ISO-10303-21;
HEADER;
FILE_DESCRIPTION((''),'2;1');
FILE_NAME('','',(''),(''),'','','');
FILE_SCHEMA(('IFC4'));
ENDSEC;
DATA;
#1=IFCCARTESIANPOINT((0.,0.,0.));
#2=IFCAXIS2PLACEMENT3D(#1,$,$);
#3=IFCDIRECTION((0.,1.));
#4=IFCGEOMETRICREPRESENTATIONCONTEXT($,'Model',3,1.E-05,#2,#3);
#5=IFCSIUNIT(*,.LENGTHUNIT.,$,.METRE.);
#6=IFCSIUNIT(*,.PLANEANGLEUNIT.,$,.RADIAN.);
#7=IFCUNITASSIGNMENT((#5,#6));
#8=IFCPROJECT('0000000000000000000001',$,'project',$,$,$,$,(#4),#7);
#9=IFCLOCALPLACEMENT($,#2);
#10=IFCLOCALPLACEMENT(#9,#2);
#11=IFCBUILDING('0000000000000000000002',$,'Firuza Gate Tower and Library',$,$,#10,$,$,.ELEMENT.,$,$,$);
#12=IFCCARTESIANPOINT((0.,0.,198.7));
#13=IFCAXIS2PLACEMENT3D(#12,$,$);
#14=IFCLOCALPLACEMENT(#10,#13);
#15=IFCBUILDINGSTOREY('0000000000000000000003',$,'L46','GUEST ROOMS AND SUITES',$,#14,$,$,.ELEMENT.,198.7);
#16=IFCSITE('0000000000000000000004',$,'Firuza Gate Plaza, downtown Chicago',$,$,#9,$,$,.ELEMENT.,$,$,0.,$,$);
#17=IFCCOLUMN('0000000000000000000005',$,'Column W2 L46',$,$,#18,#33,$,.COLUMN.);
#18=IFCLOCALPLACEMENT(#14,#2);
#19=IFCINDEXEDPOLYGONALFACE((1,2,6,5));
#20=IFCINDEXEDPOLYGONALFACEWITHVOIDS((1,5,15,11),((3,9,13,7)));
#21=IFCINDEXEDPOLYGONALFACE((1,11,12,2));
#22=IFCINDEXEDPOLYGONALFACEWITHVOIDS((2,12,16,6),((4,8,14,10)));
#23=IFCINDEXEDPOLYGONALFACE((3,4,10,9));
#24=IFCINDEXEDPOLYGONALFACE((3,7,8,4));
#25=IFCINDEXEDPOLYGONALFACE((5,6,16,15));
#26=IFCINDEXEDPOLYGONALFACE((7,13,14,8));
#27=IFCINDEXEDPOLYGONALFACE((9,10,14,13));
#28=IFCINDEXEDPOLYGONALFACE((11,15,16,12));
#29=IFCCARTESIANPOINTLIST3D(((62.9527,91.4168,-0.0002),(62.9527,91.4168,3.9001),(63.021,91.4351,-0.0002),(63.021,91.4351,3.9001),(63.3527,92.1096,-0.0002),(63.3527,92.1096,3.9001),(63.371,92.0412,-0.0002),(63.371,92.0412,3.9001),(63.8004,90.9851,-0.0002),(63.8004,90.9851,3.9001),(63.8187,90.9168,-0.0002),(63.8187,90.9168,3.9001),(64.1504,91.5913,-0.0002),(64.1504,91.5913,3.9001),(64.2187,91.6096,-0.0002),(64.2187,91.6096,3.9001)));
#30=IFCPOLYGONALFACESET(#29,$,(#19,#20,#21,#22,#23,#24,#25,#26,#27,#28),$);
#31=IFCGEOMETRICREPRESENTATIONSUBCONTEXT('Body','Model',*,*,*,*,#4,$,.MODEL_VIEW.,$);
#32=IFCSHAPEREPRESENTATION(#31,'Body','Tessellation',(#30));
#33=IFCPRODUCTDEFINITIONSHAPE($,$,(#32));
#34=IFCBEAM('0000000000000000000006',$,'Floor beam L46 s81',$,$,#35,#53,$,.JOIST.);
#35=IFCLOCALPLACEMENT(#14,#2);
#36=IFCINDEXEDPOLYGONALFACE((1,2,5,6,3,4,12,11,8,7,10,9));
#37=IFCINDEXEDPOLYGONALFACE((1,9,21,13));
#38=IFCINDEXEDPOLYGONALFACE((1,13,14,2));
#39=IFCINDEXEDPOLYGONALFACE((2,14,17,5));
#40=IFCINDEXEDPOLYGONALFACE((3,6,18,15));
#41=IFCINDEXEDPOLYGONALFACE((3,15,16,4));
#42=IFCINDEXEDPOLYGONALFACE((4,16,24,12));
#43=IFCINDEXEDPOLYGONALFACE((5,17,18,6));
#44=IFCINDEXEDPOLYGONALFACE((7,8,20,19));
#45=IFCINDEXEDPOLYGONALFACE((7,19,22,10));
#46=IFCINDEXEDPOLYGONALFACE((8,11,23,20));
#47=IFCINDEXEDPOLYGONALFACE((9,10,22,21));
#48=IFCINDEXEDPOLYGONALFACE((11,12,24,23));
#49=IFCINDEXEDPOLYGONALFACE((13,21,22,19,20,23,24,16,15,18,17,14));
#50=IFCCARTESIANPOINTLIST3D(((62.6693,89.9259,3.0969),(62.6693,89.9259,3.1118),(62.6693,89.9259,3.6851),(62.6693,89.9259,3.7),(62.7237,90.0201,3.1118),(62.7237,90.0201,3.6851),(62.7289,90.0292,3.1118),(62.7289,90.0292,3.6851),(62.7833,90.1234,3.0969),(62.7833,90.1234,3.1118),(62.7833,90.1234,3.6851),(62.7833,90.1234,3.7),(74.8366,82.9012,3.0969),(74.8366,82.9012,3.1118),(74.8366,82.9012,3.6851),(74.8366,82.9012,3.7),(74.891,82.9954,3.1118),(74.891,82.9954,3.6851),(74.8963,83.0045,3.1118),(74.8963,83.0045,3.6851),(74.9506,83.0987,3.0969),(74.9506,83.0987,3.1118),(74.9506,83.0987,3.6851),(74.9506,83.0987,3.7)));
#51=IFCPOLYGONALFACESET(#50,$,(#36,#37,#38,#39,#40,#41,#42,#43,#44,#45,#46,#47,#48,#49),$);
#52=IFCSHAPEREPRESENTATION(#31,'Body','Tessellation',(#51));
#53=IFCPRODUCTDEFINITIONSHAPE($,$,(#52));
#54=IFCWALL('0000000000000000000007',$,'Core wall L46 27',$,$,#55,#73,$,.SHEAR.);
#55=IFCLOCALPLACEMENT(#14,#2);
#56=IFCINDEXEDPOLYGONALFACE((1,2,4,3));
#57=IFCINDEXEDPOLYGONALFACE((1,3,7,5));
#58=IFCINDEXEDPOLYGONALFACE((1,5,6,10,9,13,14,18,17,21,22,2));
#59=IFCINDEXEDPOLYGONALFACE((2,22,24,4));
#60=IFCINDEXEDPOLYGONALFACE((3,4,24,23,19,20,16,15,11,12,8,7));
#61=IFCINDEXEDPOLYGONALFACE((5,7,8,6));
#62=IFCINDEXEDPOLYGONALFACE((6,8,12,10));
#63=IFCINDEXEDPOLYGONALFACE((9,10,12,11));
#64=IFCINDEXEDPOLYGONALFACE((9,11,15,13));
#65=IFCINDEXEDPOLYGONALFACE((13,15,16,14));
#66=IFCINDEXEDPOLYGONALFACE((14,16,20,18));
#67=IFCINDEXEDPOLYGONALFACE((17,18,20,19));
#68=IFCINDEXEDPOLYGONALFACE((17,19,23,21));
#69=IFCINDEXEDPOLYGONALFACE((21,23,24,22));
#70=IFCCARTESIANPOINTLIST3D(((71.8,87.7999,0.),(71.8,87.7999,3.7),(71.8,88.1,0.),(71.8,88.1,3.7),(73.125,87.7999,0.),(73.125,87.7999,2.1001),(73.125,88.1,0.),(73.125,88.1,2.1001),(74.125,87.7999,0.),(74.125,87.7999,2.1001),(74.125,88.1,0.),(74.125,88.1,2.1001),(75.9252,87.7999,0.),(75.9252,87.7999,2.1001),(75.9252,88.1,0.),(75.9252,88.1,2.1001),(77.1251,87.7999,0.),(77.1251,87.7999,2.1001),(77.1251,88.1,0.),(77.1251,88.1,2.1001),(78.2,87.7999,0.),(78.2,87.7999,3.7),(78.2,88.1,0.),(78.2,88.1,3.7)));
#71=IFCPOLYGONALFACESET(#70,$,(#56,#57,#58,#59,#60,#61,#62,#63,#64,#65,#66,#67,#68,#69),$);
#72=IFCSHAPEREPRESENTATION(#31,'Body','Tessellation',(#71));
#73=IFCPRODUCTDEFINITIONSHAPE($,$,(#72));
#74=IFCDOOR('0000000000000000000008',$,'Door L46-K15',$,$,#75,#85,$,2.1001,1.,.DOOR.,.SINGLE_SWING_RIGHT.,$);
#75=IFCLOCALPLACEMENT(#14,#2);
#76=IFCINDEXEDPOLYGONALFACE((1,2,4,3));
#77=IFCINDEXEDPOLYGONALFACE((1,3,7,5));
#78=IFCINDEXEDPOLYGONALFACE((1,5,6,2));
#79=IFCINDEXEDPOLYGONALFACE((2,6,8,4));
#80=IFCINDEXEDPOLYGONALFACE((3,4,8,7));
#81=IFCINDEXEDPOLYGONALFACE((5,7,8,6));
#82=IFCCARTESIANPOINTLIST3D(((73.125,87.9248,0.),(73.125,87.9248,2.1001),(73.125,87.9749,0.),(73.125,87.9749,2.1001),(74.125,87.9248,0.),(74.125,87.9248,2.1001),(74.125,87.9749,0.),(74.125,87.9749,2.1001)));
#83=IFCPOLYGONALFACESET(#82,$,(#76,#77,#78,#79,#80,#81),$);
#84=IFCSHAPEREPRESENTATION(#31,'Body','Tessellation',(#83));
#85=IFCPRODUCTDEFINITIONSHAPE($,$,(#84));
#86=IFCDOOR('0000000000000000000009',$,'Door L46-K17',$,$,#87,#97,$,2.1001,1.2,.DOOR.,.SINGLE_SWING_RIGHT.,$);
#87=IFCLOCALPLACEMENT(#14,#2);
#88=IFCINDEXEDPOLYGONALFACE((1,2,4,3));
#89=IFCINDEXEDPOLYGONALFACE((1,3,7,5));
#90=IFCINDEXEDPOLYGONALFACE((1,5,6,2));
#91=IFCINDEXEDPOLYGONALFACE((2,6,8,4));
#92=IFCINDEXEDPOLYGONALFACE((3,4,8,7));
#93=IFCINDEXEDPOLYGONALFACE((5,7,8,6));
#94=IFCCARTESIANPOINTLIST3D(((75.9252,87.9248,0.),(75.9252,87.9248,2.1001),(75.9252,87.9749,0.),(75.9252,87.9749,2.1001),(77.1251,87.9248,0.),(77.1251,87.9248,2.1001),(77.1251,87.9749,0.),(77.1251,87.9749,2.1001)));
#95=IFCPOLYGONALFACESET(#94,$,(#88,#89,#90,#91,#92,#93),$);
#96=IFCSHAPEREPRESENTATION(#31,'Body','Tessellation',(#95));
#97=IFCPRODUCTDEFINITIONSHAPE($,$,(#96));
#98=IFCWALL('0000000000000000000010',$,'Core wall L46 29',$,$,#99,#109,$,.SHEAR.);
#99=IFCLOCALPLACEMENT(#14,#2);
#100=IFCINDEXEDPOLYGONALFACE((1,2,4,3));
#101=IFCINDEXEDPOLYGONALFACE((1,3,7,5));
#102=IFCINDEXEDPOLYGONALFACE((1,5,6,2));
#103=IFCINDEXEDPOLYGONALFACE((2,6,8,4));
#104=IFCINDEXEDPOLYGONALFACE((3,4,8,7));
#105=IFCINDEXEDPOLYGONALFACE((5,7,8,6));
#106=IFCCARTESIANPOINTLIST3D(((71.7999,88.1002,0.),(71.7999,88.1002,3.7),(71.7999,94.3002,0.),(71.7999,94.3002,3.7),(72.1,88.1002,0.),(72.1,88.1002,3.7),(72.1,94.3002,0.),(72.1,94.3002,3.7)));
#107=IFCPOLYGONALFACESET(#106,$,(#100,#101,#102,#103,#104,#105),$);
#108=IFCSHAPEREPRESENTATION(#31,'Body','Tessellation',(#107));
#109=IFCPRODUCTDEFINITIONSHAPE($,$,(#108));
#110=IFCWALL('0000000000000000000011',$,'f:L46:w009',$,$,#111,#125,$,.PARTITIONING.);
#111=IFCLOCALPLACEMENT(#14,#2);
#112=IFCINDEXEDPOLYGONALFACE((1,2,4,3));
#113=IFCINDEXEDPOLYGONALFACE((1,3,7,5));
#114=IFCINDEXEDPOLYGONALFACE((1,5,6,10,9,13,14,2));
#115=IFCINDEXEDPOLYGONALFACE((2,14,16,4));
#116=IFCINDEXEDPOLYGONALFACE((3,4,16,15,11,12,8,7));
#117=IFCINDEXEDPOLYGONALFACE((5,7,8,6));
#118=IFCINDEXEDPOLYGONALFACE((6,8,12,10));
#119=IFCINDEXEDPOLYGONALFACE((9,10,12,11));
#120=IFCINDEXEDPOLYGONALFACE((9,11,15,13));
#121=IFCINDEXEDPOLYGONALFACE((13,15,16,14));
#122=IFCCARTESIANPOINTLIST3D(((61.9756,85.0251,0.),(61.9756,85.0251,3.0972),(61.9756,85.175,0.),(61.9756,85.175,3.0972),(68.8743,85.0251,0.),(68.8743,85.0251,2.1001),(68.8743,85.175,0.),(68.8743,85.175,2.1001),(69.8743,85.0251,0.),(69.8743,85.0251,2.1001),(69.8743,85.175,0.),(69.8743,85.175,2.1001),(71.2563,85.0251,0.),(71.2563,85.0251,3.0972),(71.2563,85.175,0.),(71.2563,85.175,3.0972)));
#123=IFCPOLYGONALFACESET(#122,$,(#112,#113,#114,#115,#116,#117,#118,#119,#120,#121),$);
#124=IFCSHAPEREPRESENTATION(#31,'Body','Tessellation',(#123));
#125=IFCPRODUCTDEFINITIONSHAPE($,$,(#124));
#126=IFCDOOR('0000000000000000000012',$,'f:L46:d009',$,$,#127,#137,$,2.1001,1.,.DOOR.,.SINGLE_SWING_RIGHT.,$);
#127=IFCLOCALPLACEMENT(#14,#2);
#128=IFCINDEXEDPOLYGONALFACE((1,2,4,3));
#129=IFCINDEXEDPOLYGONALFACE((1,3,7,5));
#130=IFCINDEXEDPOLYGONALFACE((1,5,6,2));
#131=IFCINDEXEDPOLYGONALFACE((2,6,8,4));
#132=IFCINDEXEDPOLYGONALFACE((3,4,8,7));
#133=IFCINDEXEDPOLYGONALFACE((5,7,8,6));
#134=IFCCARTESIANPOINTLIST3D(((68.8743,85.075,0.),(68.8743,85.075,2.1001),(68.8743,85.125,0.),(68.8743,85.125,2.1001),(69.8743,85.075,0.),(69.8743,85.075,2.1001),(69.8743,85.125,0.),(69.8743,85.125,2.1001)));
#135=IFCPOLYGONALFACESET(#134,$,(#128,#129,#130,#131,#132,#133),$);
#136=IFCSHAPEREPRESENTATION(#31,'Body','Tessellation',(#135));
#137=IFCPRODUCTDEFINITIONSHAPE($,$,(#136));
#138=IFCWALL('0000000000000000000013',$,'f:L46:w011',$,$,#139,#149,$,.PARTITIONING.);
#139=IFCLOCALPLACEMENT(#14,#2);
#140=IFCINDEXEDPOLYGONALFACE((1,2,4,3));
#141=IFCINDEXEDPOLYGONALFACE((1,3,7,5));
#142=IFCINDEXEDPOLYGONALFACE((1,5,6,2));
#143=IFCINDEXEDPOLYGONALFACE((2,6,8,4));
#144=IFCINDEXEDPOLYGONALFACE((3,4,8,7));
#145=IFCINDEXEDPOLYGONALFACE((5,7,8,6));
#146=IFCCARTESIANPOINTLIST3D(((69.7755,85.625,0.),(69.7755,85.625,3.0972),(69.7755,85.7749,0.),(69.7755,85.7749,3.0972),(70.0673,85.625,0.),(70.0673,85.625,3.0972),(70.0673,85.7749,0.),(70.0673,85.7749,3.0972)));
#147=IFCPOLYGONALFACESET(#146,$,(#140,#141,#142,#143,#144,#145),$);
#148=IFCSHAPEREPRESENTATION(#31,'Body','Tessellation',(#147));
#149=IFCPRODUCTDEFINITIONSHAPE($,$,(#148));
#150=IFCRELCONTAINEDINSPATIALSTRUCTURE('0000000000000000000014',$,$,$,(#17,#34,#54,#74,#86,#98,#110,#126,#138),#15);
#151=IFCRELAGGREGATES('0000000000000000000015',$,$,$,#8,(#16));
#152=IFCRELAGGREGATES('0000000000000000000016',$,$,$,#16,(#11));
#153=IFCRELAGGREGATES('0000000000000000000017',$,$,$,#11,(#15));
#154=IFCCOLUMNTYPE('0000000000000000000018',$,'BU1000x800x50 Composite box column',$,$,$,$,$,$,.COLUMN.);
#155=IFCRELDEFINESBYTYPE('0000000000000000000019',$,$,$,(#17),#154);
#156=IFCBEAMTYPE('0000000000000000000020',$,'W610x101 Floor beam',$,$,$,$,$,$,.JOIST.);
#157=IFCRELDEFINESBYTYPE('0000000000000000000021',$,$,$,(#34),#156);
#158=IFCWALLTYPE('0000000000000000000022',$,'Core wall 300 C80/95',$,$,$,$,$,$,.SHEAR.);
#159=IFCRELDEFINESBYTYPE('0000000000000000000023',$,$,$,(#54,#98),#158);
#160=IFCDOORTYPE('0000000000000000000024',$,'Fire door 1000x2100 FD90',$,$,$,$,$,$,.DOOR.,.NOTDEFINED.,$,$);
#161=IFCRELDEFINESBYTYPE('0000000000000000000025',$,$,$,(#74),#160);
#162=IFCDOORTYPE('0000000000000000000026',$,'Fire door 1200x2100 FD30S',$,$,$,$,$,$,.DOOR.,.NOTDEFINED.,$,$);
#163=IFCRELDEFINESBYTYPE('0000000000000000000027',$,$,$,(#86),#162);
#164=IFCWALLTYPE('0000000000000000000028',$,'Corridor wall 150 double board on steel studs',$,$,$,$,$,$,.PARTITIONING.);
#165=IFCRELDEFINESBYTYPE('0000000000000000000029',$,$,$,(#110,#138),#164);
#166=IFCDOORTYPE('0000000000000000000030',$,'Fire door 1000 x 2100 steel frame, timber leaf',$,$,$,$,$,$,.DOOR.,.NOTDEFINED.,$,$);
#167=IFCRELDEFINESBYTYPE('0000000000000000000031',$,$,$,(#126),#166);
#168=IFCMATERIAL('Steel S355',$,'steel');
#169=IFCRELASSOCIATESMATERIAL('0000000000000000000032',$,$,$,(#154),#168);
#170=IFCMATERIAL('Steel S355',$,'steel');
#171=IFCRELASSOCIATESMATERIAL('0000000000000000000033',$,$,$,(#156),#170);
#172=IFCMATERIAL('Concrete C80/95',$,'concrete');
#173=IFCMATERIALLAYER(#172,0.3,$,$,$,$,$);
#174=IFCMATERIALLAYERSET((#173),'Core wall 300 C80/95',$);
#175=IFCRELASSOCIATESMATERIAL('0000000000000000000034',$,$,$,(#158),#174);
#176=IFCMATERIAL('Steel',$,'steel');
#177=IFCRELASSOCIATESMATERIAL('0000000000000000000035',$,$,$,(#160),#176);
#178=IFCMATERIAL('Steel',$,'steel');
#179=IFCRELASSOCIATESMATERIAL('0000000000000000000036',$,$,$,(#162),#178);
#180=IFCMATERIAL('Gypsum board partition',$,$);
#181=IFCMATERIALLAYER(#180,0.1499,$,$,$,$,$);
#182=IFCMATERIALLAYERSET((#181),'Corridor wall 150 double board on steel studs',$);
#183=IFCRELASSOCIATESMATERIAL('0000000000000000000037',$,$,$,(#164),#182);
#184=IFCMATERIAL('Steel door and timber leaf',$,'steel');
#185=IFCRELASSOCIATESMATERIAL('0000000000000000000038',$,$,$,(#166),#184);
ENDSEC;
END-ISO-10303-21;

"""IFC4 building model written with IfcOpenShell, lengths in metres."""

from ifc_helpers import new_model, si_unit, direction, frame, frame_2d, origin, origin_2d, place, context, subcontext, project, spatial, rectangle, hollow_rectangle, i_section, extrude, material, layer, layer_set, material_profile, profile_set, type_object, element, fill, save


model = new_model("IFC4")

# Units and contexts
model_context = context("Model", 3, precision=1e-05, world=origin(), true_north=direction((0.0, 1.0)))
body_context = subcontext(model_context, "Body", "Model", "MODEL_VIEW")
ifc_project = project(units=[si_unit("LENGTHUNIT", "METRE"), si_unit("PLANEANGLEUNIT", "RADIAN")], contexts=[model_context])

# Site, building, storey
site_placement = place(None, origin())
site = spatial("IfcSite", under=ifc_project, at=site_placement, Name="Firuza Gate Plaza, downtown Chicago", CompositionType="ELEMENT", RefElevation=0.0)
building_placement = place(site_placement, origin())
building = spatial("IfcBuilding", under=site, at=building_placement, Name="Firuza Gate Tower and Library", CompositionType="ELEMENT")
storey_placement = place(building_placement, frame((0.0, 0.0, 198.7)))
storey = spatial("IfcBuildingStorey", under=building, at=storey_placement, Name="L46", Description="GUEST ROOMS AND SUITES", CompositionType="ELEMENT", Elevation=198.7)

# Column
ifc_material_1 = material(Name="Steel S355", Category="steel")
ifc_material_profile_1 = material_profile(ifc_material_1, hollow_rectangle(XDim=0.8, YDim=1.0, WallThickness=0.05, at=origin_2d()))
ifc_profile_set_1 = profile_set([ifc_material_profile_1], Name="Steel S355")
column_type = type_object("IfcColumnType", Name="BU1000x800x50 Composite box column", PredefinedType="COLUMN", material=ifc_profile_set_1)
column_placement = place(storey_placement, frame((63.5857, 91.5132, -0.0002), z_axis=(0.0, 0.0, 1.0), x_axis=(-0.5, -0.866025, 0.0)))
element("IfcColumn", 1, at=column_placement, inside=storey, type_object=column_type, Name="Column W2 L46", PredefinedType="COLUMN", context=body_context, shape_type="SweptSolid", body=[
    extrude(hollow_rectangle(XDim=0.8, YDim=1.0, WallThickness=0.05, at=origin_2d()), origin(), (0.0, 0.0, 1.0), 3.9004),
])

# Beam
ifc_material_2 = material(Name="Steel S355", Category="steel")
ifc_material_profile_2 = material_profile(ifc_material_2, i_section(OverallWidth=0.228, OverallDepth=0.603, WebThickness=0.0105, FlangeThickness=0.0149, at=origin_2d()))
ifc_profile_set_2 = profile_set([ifc_material_profile_2], Name="Steel S355")
beam_type = type_object("IfcBeamType", Name="W610x101 Floor beam", PredefinedType="JOIST", material=ifc_profile_set_2)
beam_placement = place(storey_placement, frame((62.7263, 90.0247, 3.3984), z_axis=(0.866028, -0.499995, 0.0), x_axis=(0.499995, 0.866028, 0.0)))
element("IfcBeam", 2, at=beam_placement, inside=storey, type_object=beam_type, Name="Floor beam L46 s81", PredefinedType="JOIST", context=body_context, shape_type="SweptSolid", body=[
    extrude(i_section(OverallWidth=0.228, OverallDepth=0.603, WebThickness=0.0105, FlangeThickness=0.0149, at=origin_2d()), origin(), (0.0, 0.0, 1.0), 14.0496),
])

# Wall, openings, doors
ifc_material_3 = material(Name="Concrete C80/95", Category="concrete")
ifc_layer_1 = layer(ifc_material_3, 0.3)
ifc_layer_set_1 = layer_set([ifc_layer_1], Name="Core wall 300 C80/95")
wall_type_1 = type_object("IfcWallType", Name="Core wall 300 C80/95", PredefinedType="SHEAR", material=ifc_layer_set_1)
wall_1_placement = place(storey_placement, frame((71.8, 87.95, 0.0), z_axis=(0.0, 0.0, 1.0), x_axis=(1.0, 0.0, 0.0)))
wall_1 = element("IfcWall", 3, at=wall_1_placement, inside=storey, type_object=wall_type_1, Name="Core wall L46 27", PredefinedType="SHEAR", context=body_context, shape_type="SweptSolid", body=[
    extrude(rectangle(XDim=6.3999, YDim=0.3, at=frame_2d((3.2, 0.0))), origin(), (0.0, 0.0, 1.0), 3.7),
])
opening_1_placement = place(wall_1_placement, frame((1.325, 0.0, 0.0)))
opening_1 = element("IfcOpeningElement", 4, at=opening_1_placement, cuts=wall_1, PredefinedType="OPENING", context=body_context, shape_type="SweptSolid", body=[
    extrude(rectangle(XDim=1.0, YDim=2.1001, at=frame_2d((0.5, 1.05))), frame((0.0, 0.1602, 0.0), z_axis=(0.0, -1.0, 0.0), x_axis=(1.0, 0.0, 0.0)), (0.0, 0.0, 1.0), 0.3201),
])
opening_2_placement = place(wall_1_placement, frame((4.125, 0.0, 0.0)))
opening_2 = element("IfcOpeningElement", 5, at=opening_2_placement, cuts=wall_1, PredefinedType="OPENING", context=body_context, shape_type="SweptSolid", body=[
    extrude(rectangle(XDim=1.2, YDim=2.1001, at=frame_2d((0.6001, 1.05))), frame((0.0, 0.1602, 0.0), z_axis=(0.0, -1.0, 0.0), x_axis=(1.0, 0.0, 0.0)), (0.0, 0.0, 1.0), 0.3201),
])
ifc_material_4 = material(Name="Steel", Category="steel")
door_type_1 = type_object("IfcDoorType", Name="Fire door 1000x2100 FD90", OperationType="NOTDEFINED", PredefinedType="DOOR", material=ifc_material_4)
door_1_placement = place(opening_1_placement, origin())
door_1 = element("IfcDoor", 6, at=door_1_placement, inside=storey, type_object=door_type_1, Name="Door L46-K15", OperationType="SINGLE_SWING_RIGHT", OverallHeight=2.1001, OverallWidth=1.0, PredefinedType="DOOR", context=body_context, shape_type="SweptSolid", body=[
    extrude(rectangle(XDim=1.0, YDim=2.1001, at=frame_2d((0.5, 1.05))), frame((0.0, 0.0249, 0.0), z_axis=(0.0, -1.0, 0.0), x_axis=(1.0, 0.0, 0.0)), (0.0, 0.0, 1.0), 0.05),
])
fill(opening_1, door_1)
ifc_material_5 = material(Name="Steel", Category="steel")
door_type_2 = type_object("IfcDoorType", Name="Fire door 1200x2100 FD30S", OperationType="NOTDEFINED", PredefinedType="DOOR", material=ifc_material_5)
door_2_placement = place(opening_2_placement, origin())
door_2 = element("IfcDoor", 7, at=door_2_placement, inside=storey, type_object=door_type_2, Name="Door L46-K17", OperationType="SINGLE_SWING_RIGHT", OverallHeight=2.1001, OverallWidth=1.2, PredefinedType="DOOR", context=body_context, shape_type="SweptSolid", body=[
    extrude(rectangle(XDim=1.2, YDim=2.1001, at=frame_2d((0.6001, 1.05))), frame((0.0, 0.0249, 0.0), z_axis=(0.0, -1.0, 0.0), x_axis=(1.0, 0.0, 0.0)), (0.0, 0.0, 1.0), 0.05),
])
fill(opening_2, door_2)

# Wall
wall_2_placement = place(storey_placement, frame((71.95, 88.1001, 0.0), z_axis=(0.0, 0.0, 1.0), x_axis=(0.0, 1.0, 0.0)))
element("IfcWall", 8, at=wall_2_placement, inside=storey, type_object=wall_type_1, Name="Core wall L46 29", PredefinedType="SHEAR", context=body_context, shape_type="SweptSolid", body=[
    extrude(rectangle(XDim=6.2, YDim=0.3, at=frame_2d((3.1001, 0.0))), origin(), (0.0, 0.0, 1.0), 3.7),
])

# Wall, opening, door
ifc_material_6 = material(Name="Gypsum board partition")
ifc_layer_2 = layer(ifc_material_6, 0.1499)
ifc_layer_set_2 = layer_set([ifc_layer_2], Name="Corridor wall 150 double board on steel studs")
wall_type_2 = type_object("IfcWallType", Name="Corridor wall 150 double board on steel studs", PredefinedType="PARTITIONING", material=ifc_layer_set_2)
wall_3_placement = place(storey_placement, frame((61.9756, 85.1001, 0.0), z_axis=(0.0, 0.0, 1.0), x_axis=(1.0, 0.0, 0.0)))
wall_3 = element("IfcWall", 9, at=wall_3_placement, inside=storey, type_object=wall_type_2, Name="f:L46:w009", PredefinedType="PARTITIONING", context=body_context, shape_type="SweptSolid", body=[
    extrude(rectangle(XDim=9.2808, YDim=0.1499, at=frame_2d((4.6404, 0.0))), origin(), (0.0, 0.0, 1.0), 3.0972),
])
opening_3_placement = place(wall_3_placement, frame((6.8987, 0.0, 0.0)))
opening_3 = element("IfcOpeningElement", 10, at=opening_3_placement, cuts=wall_3, PredefinedType="OPENING", context=body_context, shape_type="SweptSolid", body=[
    extrude(rectangle(XDim=1.0, YDim=2.1001, at=frame_2d((0.5, 1.05))), frame((0.0, 0.085, 0.0), z_axis=(0.0, -1.0, 0.0), x_axis=(1.0, 0.0, 0.0)), (0.0, 0.0, 1.0), 0.1699),
])
ifc_material_7 = material(Name="Steel door and timber leaf", Category="steel")
door_type_3 = type_object("IfcDoorType", Name="Fire door 1000 x 2100 steel frame, timber leaf", OperationType="NOTDEFINED", PredefinedType="DOOR", material=ifc_material_7)
door_3_placement = place(opening_3_placement, origin())
door_3 = element("IfcDoor", 11, at=door_3_placement, inside=storey, type_object=door_type_3, Name="f:L46:d009", OperationType="SINGLE_SWING_RIGHT", OverallHeight=2.1001, OverallWidth=1.0, PredefinedType="DOOR", context=body_context, shape_type="SweptSolid", body=[
    extrude(rectangle(XDim=1.0, YDim=2.1001, at=frame_2d((0.5, 1.05))), frame((0.0, 0.0249, 0.0), z_axis=(0.0, -1.0, 0.0), x_axis=(1.0, 0.0, 0.0)), (0.0, 0.0, 1.0), 0.05),
])
fill(opening_3, door_3)

# Wall
wall_4_placement = place(storey_placement, frame((69.7754, 85.7, 0.0), z_axis=(0.0, 0.0, 1.0), x_axis=(1.0, 0.0, 0.0)))
element("IfcWall", 12, at=wall_4_placement, inside=storey, type_object=wall_type_2, Name="f:L46:w011", PredefinedType="PARTITIONING", context=body_context, shape_type="SweptSolid", body=[
    extrude(rectangle(XDim=0.2917, YDim=0.1499, at=frame_2d((0.146, 0.0))), origin(), (0.0, 0.0, 1.0), 3.0972),
])

save(model, "model.ifc")
